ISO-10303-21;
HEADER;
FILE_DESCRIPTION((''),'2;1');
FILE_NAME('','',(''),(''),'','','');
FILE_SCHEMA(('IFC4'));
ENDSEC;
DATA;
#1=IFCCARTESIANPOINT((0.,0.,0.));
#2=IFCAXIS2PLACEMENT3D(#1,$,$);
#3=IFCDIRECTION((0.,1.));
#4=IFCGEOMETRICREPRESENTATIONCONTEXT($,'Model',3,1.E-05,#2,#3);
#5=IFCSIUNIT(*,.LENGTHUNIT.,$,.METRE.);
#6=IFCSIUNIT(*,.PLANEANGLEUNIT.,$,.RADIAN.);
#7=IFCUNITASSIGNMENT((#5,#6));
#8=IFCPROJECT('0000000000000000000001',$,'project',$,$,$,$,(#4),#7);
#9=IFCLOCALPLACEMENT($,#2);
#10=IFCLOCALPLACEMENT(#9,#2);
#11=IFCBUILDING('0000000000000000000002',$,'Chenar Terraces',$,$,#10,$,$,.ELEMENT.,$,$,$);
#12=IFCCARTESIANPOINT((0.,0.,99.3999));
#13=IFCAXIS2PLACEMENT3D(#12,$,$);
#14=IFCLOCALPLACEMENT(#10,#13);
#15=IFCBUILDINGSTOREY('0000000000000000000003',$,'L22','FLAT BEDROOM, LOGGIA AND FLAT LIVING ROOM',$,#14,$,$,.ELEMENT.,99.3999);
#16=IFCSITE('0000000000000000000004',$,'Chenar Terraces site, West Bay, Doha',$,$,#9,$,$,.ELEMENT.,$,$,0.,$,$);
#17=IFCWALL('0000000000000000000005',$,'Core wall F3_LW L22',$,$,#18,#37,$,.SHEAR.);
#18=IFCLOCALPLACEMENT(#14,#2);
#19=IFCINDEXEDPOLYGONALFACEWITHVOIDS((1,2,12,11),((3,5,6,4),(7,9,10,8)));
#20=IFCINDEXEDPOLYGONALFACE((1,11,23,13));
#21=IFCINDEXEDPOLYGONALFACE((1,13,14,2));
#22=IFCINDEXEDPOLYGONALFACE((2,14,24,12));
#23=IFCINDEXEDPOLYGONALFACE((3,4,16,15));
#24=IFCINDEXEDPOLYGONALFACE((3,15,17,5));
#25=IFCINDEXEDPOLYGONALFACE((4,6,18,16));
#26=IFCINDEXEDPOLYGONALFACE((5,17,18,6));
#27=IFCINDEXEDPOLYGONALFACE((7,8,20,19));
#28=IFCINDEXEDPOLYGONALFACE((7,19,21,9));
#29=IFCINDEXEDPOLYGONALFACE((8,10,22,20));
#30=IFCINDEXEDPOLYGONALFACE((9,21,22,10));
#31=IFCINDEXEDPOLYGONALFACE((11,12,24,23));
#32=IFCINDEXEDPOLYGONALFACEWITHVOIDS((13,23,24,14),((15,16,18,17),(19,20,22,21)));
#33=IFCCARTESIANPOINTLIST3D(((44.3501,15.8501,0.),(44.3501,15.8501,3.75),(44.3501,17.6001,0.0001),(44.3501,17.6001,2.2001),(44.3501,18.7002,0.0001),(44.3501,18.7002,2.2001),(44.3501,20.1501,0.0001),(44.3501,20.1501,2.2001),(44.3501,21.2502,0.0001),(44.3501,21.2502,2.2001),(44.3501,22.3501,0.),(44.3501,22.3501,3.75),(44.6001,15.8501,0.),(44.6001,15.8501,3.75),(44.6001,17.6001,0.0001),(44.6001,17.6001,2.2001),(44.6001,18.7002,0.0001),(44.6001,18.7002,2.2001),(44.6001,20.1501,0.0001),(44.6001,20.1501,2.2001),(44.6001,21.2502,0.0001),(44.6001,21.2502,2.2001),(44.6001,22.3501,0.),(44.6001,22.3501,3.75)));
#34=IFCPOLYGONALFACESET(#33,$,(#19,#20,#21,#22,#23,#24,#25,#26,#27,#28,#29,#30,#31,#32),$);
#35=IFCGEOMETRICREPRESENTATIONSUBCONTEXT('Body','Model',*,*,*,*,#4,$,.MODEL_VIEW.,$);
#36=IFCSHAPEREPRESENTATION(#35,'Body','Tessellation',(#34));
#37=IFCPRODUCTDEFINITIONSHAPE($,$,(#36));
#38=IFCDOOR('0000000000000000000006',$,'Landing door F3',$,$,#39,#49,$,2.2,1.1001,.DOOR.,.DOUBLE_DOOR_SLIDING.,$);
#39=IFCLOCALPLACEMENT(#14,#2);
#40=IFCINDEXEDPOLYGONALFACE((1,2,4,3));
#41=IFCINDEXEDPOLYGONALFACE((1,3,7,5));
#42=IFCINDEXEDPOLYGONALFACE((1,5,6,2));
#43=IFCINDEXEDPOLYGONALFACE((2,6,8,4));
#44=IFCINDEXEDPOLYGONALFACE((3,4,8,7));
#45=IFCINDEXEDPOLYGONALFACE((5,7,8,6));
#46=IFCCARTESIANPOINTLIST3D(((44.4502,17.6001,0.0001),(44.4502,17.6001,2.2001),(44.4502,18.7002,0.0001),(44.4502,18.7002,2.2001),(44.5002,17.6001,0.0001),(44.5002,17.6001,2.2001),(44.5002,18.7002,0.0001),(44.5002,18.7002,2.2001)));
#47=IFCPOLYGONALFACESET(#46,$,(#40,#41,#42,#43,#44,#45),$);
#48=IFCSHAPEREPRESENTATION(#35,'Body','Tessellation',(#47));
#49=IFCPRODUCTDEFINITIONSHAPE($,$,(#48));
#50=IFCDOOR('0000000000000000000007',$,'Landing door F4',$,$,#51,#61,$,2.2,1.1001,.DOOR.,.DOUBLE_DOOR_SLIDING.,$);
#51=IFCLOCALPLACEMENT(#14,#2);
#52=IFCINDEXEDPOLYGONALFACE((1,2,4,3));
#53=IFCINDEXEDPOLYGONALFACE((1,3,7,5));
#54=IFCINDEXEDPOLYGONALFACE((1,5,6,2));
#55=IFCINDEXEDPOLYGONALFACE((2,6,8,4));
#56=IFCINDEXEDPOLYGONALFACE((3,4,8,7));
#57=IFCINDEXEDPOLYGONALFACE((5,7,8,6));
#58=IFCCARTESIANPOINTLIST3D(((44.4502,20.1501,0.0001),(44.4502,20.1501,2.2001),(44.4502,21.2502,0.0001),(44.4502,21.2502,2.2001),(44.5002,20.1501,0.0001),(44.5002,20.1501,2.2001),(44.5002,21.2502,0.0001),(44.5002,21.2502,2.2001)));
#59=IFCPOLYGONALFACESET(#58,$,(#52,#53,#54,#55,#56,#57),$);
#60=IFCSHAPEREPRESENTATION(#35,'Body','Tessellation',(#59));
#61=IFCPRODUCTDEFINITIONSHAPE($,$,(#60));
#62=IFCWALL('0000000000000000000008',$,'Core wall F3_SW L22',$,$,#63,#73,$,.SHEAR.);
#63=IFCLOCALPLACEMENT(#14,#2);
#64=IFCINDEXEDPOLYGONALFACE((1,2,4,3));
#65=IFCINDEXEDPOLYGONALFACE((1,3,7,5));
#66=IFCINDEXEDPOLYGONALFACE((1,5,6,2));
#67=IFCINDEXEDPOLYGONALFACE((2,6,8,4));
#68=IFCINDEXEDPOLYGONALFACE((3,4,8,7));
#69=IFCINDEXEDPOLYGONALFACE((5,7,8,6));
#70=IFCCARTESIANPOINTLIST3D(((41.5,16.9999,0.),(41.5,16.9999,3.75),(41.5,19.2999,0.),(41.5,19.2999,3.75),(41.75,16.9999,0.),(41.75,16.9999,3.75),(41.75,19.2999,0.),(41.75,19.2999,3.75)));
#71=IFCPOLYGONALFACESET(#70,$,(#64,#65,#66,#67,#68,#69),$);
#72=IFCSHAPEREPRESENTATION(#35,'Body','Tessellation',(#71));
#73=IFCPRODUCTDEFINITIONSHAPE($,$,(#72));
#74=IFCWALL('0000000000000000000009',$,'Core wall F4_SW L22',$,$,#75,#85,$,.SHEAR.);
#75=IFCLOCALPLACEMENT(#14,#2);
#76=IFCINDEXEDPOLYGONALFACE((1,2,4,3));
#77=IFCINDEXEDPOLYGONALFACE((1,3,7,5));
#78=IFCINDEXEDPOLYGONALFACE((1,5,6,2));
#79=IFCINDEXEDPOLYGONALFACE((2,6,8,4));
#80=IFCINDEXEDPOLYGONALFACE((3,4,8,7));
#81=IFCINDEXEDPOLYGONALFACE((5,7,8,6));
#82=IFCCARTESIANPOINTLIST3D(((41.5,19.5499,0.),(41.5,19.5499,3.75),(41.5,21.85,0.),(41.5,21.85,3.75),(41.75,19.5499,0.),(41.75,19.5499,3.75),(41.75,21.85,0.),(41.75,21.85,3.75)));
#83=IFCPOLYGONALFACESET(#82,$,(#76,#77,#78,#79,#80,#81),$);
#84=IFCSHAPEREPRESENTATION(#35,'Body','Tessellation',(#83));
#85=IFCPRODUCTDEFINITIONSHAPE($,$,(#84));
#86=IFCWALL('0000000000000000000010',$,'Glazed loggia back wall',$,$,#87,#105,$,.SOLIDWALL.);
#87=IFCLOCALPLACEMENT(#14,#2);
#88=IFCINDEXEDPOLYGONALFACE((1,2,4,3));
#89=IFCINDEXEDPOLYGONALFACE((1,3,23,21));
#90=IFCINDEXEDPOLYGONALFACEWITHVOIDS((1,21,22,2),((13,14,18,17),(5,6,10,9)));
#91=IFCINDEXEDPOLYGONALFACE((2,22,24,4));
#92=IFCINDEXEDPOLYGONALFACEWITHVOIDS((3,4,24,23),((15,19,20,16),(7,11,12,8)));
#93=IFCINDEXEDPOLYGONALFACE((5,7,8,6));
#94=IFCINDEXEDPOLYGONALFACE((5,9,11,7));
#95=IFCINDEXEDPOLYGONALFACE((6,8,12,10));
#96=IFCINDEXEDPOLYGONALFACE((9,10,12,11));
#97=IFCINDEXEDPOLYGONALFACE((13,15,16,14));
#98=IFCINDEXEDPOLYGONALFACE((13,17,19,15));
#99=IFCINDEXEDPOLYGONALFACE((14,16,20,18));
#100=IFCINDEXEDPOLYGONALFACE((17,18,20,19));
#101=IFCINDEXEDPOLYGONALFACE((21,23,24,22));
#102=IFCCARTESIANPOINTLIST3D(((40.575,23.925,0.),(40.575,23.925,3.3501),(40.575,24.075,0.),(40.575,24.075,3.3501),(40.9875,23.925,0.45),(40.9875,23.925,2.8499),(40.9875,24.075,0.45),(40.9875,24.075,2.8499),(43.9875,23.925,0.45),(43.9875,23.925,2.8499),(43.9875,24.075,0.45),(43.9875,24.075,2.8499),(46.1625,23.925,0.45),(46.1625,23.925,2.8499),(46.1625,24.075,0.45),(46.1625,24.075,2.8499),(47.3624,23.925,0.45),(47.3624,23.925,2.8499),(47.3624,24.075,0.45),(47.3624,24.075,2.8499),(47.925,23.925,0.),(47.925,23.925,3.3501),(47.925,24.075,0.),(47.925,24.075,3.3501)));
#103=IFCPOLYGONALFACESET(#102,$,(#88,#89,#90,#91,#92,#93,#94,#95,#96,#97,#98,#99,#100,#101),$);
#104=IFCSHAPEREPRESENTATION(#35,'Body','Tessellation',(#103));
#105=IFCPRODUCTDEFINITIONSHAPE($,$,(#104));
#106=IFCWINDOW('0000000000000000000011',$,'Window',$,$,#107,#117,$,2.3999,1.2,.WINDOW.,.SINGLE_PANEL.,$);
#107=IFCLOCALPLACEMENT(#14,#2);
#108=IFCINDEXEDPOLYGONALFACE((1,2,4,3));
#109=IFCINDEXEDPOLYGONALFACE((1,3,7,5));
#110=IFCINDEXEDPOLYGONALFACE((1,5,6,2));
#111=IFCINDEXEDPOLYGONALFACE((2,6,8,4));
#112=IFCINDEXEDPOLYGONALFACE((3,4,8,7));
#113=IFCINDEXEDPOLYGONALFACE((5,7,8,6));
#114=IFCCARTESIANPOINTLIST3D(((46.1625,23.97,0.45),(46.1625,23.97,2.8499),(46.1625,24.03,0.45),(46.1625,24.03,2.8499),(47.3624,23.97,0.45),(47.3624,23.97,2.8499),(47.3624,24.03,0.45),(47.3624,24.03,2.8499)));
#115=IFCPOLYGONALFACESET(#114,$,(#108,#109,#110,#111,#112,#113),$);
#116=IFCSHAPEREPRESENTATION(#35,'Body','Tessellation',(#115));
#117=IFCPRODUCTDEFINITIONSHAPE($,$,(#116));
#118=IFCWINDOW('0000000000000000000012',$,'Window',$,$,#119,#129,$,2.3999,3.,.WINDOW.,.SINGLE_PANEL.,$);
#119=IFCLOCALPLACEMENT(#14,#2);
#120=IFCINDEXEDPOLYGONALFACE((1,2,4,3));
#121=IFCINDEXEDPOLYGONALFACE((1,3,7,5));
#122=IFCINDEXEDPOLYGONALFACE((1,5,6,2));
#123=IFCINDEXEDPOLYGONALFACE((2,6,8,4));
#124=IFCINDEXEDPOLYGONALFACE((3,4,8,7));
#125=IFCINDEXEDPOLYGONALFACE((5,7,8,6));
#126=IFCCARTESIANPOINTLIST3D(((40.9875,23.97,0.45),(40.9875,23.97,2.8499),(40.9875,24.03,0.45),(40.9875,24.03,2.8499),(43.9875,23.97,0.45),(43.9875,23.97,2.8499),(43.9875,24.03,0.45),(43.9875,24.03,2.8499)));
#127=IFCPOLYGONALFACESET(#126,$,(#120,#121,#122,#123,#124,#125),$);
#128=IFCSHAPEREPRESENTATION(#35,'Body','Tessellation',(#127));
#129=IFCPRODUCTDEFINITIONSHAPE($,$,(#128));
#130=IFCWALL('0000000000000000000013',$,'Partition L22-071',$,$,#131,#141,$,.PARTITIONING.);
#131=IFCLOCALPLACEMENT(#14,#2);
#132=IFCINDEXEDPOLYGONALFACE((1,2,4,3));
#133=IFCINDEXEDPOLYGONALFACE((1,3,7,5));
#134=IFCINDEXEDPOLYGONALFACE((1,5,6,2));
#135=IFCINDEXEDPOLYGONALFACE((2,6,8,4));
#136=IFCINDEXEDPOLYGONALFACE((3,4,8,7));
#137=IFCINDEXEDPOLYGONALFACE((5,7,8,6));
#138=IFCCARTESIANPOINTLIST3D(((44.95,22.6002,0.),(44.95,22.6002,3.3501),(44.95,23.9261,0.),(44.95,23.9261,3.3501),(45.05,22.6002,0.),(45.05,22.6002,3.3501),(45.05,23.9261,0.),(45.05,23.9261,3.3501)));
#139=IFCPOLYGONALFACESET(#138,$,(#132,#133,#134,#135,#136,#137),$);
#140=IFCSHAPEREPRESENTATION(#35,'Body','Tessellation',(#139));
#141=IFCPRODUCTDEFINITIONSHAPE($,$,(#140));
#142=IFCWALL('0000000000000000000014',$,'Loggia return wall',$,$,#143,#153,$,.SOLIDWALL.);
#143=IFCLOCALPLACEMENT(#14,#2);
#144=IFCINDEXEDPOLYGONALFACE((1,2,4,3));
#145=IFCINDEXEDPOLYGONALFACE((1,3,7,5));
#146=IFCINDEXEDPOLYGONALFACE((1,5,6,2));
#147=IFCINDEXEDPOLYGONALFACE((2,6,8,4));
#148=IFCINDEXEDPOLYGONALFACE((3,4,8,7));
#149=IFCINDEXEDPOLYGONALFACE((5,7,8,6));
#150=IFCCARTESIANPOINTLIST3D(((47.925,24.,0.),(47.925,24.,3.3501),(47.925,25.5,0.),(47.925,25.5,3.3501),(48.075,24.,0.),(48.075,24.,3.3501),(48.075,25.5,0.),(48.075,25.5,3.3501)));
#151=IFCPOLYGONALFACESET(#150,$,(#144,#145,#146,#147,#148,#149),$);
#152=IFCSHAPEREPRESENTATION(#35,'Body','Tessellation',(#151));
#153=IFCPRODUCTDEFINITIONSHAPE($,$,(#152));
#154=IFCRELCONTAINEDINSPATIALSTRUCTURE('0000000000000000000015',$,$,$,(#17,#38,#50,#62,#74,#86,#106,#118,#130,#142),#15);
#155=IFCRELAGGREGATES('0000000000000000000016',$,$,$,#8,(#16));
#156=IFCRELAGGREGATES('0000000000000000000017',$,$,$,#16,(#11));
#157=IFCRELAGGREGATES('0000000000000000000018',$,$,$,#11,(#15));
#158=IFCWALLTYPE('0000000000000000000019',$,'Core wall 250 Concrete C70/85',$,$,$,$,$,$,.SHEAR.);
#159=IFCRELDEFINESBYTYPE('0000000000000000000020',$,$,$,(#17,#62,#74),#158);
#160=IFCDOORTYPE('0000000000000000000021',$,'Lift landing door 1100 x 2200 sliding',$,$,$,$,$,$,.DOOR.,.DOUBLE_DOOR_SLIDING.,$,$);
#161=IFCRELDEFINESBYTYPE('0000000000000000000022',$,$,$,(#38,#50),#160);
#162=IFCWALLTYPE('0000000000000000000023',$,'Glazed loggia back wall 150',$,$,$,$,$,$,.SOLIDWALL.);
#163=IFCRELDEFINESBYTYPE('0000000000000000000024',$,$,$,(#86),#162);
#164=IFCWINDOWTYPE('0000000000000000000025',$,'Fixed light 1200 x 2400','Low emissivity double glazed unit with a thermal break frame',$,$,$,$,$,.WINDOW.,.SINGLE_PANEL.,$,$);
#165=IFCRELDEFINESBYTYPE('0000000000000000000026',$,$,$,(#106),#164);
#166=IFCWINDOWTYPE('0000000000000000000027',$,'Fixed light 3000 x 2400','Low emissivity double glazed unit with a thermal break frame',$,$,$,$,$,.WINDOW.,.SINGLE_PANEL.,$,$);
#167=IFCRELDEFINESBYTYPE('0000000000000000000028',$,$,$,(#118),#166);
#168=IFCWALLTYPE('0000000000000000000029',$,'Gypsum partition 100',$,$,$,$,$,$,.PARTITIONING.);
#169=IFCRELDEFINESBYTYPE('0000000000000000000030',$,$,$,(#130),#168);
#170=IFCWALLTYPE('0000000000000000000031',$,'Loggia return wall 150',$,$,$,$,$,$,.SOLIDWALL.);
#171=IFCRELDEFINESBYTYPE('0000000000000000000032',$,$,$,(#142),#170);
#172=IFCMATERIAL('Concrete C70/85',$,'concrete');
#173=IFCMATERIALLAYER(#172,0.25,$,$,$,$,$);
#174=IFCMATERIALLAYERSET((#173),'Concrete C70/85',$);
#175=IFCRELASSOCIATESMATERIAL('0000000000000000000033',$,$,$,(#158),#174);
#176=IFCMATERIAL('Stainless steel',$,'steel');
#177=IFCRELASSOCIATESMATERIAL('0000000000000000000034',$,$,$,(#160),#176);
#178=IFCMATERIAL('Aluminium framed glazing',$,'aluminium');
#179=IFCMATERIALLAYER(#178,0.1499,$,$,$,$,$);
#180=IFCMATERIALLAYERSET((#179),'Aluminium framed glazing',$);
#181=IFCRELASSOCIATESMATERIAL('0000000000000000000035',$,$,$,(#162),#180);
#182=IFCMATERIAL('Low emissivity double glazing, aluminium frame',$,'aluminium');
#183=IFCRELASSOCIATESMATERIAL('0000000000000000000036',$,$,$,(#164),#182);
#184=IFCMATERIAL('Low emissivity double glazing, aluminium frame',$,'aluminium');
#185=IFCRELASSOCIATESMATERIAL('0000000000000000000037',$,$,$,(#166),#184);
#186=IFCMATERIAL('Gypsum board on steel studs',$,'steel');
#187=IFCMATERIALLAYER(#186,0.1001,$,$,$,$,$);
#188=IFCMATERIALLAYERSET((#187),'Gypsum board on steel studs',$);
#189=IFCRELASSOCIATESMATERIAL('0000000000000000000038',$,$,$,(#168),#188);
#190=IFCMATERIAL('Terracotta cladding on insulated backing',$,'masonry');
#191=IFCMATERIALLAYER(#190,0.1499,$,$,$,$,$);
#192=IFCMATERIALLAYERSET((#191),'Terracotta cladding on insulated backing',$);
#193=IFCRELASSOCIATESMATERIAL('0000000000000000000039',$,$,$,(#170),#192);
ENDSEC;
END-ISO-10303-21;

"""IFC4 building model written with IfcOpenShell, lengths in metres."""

from ifc_helpers import new_model, si_unit, direction, frame, frame_2d, origin, place, context, subcontext, project, spatial, rectangle, extrude, material, layer, layer_set, type_object, element, fill, save


model = new_model("IFC4")

# Units and contexts
model_context = context("Model", 3, precision=1e-05, world=origin(), true_north=direction((0.0, 1.0)))
body_context = subcontext(model_context, "Body", "Model", "MODEL_VIEW")
ifc_project = project(units=[si_unit("LENGTHUNIT", "METRE"), si_unit("PLANEANGLEUNIT", "RADIAN")], contexts=[model_context])

# Site, building, storey
site_placement = place(None, origin())
site = spatial("IfcSite", under=ifc_project, at=site_placement, Name="Chenar Terraces site, West Bay, Doha", CompositionType="ELEMENT", RefElevation=0.0)
building_placement = place(site_placement, origin())
building = spatial("IfcBuilding", under=site, at=building_placement, Name="Chenar Terraces", CompositionType="ELEMENT")
storey_placement = place(building_placement, frame((0.0, 0.0, 99.3999)))
storey = spatial("IfcBuildingStorey", under=building, at=storey_placement, Name="L22", Description="FLAT BEDROOM, LOGGIA AND FLAT LIVING ROOM", CompositionType="ELEMENT", Elevation=99.3999)

# Shared definitions
ifc_material_1 = material(Name="Concrete C70/85", Category="concrete")
ifc_layer_1 = layer(ifc_material_1, 0.25)
ifc_layer_set_1 = layer_set([ifc_layer_1], Name="Concrete C70/85")
wall_type_1 = type_object("IfcWallType", Name="Core wall 250 Concrete C70/85", PredefinedType="SHEAR", material=ifc_layer_set_1)

# Wall, openings, doors
wall_1_placement = place(storey_placement, frame((44.4751, 15.8501, 0.0), z_axis=(0.0, 0.0, 1.0), x_axis=(0.0, 1.0, 0.0)))
wall_1 = element("IfcWall", 1, at=wall_1_placement, inside=storey, type_object=wall_type_1, Name="Core wall F3_LW L22", PredefinedType="SHEAR", context=body_context, shape_type="SweptSolid", body=[
    extrude(rectangle(XDim=6.5, YDim=0.25, at=frame_2d((3.25, 0.0))), origin(), (0.0, 0.0, 1.0), 3.75),
])
opening_1_placement = place(wall_1_placement, frame((1.75, 0.0, 0.0)))
opening_1 = element("IfcOpeningElement", 2, at=opening_1_placement, cuts=wall_1, PredefinedType="OPENING", context=body_context, shape_type="SweptSolid", body=[
    extrude(rectangle(XDim=1.1001, YDim=2.2, at=frame_2d((0.55, 1.1001))), frame((0.0, 0.135, 0.0), z_axis=(0.0, -1.0, 0.0), x_axis=(1.0, 0.0, 0.0)), (0.0, 0.0, 1.0), 0.27),
])
opening_2_placement = place(wall_1_placement, frame((4.3, 0.0, 0.0)))
opening_2 = element("IfcOpeningElement", 3, at=opening_2_placement, cuts=wall_1, PredefinedType="OPENING", context=body_context, shape_type="SweptSolid", body=[
    extrude(rectangle(XDim=1.1001, YDim=2.2, at=frame_2d((0.55, 1.1001))), frame((0.0, 0.135, 0.0), z_axis=(0.0, -1.0, 0.0), x_axis=(1.0, 0.0, 0.0)), (0.0, 0.0, 1.0), 0.27),
])
ifc_material_2 = material(Name="Stainless steel", Category="steel")
door_type_1 = type_object("IfcDoorType", Name="Lift landing door 1100 x 2200 sliding", OperationType="DOUBLE_DOOR_SLIDING", PredefinedType="DOOR", material=ifc_material_2)
door_1_placement = place(opening_1_placement, origin())
door_1 = element("IfcDoor", 4, at=door_1_placement, inside=storey, type_object=door_type_1, Name="Landing door F3", OperationType="DOUBLE_DOOR_SLIDING", OverallHeight=2.2, OverallWidth=1.1001, PredefinedType="DOOR", context=body_context, shape_type="SweptSolid", body=[
    extrude(rectangle(XDim=1.1001, YDim=2.2, at=frame_2d((0.55, 1.1001))), frame((0.0, 0.0249, 0.0), z_axis=(0.0, -1.0, 0.0), x_axis=(1.0, 0.0, 0.0)), (0.0, 0.0, 1.0), 0.05),
])
fill(opening_1, door_1)
door_2_placement = place(opening_2_placement, origin())
door_2 = element("IfcDoor", 5, at=door_2_placement, inside=storey, type_object=door_type_1, Name="Landing door F4", OperationType="DOUBLE_DOOR_SLIDING", OverallHeight=2.2, OverallWidth=1.1001, PredefinedType="DOOR", context=body_context, shape_type="SweptSolid", body=[
    extrude(rectangle(XDim=1.1001, YDim=2.2, at=frame_2d((0.55, 1.1001))), frame((0.0, 0.0249, 0.0), z_axis=(0.0, -1.0, 0.0), x_axis=(1.0, 0.0, 0.0)), (0.0, 0.0, 1.0), 0.05),
])
fill(opening_2, door_2)

# Walls
for number, where, z_axis, x_axis, name in (
    (6, (41.625, 17.0, 0.0), (0.0, 0.0, 1.0), (0.0, 1.0, 0.0), "Core wall F3_SW L22"),
    (7, (41.625, 19.55, 0.0), (0.0, 0.0, 1.0), (0.0, 1.0, 0.0), "Core wall F4_SW L22"),
):
    element("IfcWall", number, at=place(storey_placement, frame(where, z_axis=z_axis, x_axis=x_axis)), inside=storey, type_object=wall_type_1, Name=name, PredefinedType="SHEAR", context=body_context, shape_type="SweptSolid", body=[
        extrude(rectangle(XDim=2.3, YDim=0.25, at=frame_2d((1.1499, 0.0))), origin(), (0.0, 0.0, 1.0), 3.75),
    ])

# Wall, openings, windows
ifc_material_3 = material(Name="Aluminium framed glazing", Category="aluminium")
ifc_layer_2 = layer(ifc_material_3, 0.1499)
ifc_layer_set_2 = layer_set([ifc_layer_2], Name="Aluminium framed glazing")
wall_type_2 = type_object("IfcWallType", Name="Glazed loggia back wall 150", PredefinedType="SOLIDWALL", material=ifc_layer_set_2)
wall_2_placement = place(storey_placement, frame((47.925, 24.0, 0.0), z_axis=(0.0, 0.0, 1.0), x_axis=(-1.0, 0.0, 0.0)))
wall_2 = element("IfcWall", 8, at=wall_2_placement, inside=storey, type_object=wall_type_2, Name="Glazed loggia back wall", PredefinedType="SOLIDWALL", context=body_context, shape_type="SweptSolid", body=[
    extrude(rectangle(XDim=7.3501, YDim=0.1499, at=frame_2d((3.675, 0.0))), origin(), (0.0, 0.0, 1.0), 3.3501),
])
opening_3_placement = place(wall_2_placement, frame((0.5625, 0.0, 0.45)))
opening_3 = element("IfcOpeningElement", 9, at=opening_3_placement, cuts=wall_2, PredefinedType="OPENING", context=body_context, shape_type="SweptSolid", body=[
    extrude(rectangle(XDim=1.2, YDim=2.3999, at=frame_2d((0.6001, 1.2))), frame((0.0, 0.085, 0.0), z_axis=(0.0, -1.0, 0.0), x_axis=(1.0, 0.0, 0.0)), (0.0, 0.0, 1.0), 0.1699),
])
opening_4_placement = place(wall_2_placement, frame((3.9375, 0.0, 0.45)))
opening_4 = element("IfcOpeningElement", 10, at=opening_4_placement, cuts=wall_2, PredefinedType="OPENING", context=body_context, shape_type="SweptSolid", body=[
    extrude(rectangle(XDim=3.0, YDim=2.3999, at=frame_2d((1.5, 1.2))), frame((0.0, 0.085, 0.0), z_axis=(0.0, -1.0, 0.0), x_axis=(1.0, 0.0, 0.0)), (0.0, 0.0, 1.0), 0.1699),
])
ifc_material_4 = material(Name="Low emissivity double glazing, aluminium frame", Category="aluminium")
window_type_1 = type_object("IfcWindowType", Name="Fixed light 1200 x 2400", Description="Low emissivity double glazed unit with a thermal break frame", PartitioningType="SINGLE_PANEL", PredefinedType="WINDOW", material=ifc_material_4)
window_1_placement = place(opening_3_placement, origin())
window_1 = element("IfcWindow", 11, at=window_1_placement, inside=storey, type_object=window_type_1, Name="Window", OverallHeight=2.3999, OverallWidth=1.2, PartitioningType="SINGLE_PANEL", PredefinedType="WINDOW", context=body_context, shape_type="SweptSolid", body=[
    extrude(rectangle(XDim=1.2, YDim=2.3999, at=frame_2d((0.6001, 1.2))), frame((0.0, 0.03, 0.0), z_axis=(0.0, -1.0, 0.0), x_axis=(1.0, 0.0, 0.0)), (0.0, 0.0, 1.0), 0.0601),
])
fill(opening_3, window_1)
ifc_material_5 = material(Name="Low emissivity double glazing, aluminium frame", Category="aluminium")
window_type_2 = type_object("IfcWindowType", Name="Fixed light 3000 x 2400", Description="Low emissivity double glazed unit with a thermal break frame", PartitioningType="SINGLE_PANEL", PredefinedType="WINDOW", material=ifc_material_5)
window_2_placement = place(opening_4_placement, origin())
window_2 = element("IfcWindow", 12, at=window_2_placement, inside=storey, type_object=window_type_2, Name="Window", OverallHeight=2.3999, OverallWidth=3.0, PartitioningType="SINGLE_PANEL", PredefinedType="WINDOW", context=body_context, shape_type="SweptSolid", body=[
    extrude(rectangle(XDim=3.0, YDim=2.3999, at=frame_2d((1.5, 1.2))), frame((0.0, 0.03, 0.0), z_axis=(0.0, -1.0, 0.0), x_axis=(1.0, 0.0, 0.0)), (0.0, 0.0, 1.0), 0.0601),
])
fill(opening_4, window_2)

# Walls
ifc_material_6 = material(Name="Gypsum board on steel studs", Category="steel")
ifc_layer_3 = layer(ifc_material_6, 0.1001)
ifc_layer_set_3 = layer_set([ifc_layer_3], Name="Gypsum board on steel studs")
wall_type_3 = type_object("IfcWallType", Name="Gypsum partition 100", PredefinedType="PARTITIONING", material=ifc_layer_set_3)
wall_3_placement = place(storey_placement, frame((45.0, 22.6001, 0.0), z_axis=(0.0, 0.0, 1.0), x_axis=(0.0, 1.0, 0.0)))
element("IfcWall", 13, at=wall_3_placement, inside=storey, type_object=wall_type_3, Name="Partition L22-071", PredefinedType="PARTITIONING", context=body_context, shape_type="SweptSolid", body=[
    extrude(rectangle(XDim=1.3259, YDim=0.1001, at=frame_2d((0.6631, 0.0))), origin(), (0.0, 0.0, 1.0), 3.3501),
])
ifc_material_7 = material(Name="Terracotta cladding on insulated backing", Category="masonry")
ifc_layer_4 = layer(ifc_material_7, 0.1499)
ifc_layer_set_4 = layer_set([ifc_layer_4], Name="Terracotta cladding on insulated backing")
wall_type_4 = type_object("IfcWallType", Name="Loggia return wall 150", PredefinedType="SOLIDWALL", material=ifc_layer_set_4)
wall_4_placement = place(storey_placement, frame((48.0, 25.5, 0.0), z_axis=(0.0, 0.0, 1.0), x_axis=(0.0, -1.0, 0.0)))
element("IfcWall", 14, at=wall_4_placement, inside=storey, type_object=wall_type_4, Name="Loggia return wall", PredefinedType="SOLIDWALL", context=body_context, shape_type="SweptSolid", body=[
    extrude(rectangle(XDim=1.5, YDim=0.1499, at=frame_2d((0.75, 0.0))), origin(), (0.0, 0.0, 1.0), 3.3501),
])

save(model, "model.ifc")
